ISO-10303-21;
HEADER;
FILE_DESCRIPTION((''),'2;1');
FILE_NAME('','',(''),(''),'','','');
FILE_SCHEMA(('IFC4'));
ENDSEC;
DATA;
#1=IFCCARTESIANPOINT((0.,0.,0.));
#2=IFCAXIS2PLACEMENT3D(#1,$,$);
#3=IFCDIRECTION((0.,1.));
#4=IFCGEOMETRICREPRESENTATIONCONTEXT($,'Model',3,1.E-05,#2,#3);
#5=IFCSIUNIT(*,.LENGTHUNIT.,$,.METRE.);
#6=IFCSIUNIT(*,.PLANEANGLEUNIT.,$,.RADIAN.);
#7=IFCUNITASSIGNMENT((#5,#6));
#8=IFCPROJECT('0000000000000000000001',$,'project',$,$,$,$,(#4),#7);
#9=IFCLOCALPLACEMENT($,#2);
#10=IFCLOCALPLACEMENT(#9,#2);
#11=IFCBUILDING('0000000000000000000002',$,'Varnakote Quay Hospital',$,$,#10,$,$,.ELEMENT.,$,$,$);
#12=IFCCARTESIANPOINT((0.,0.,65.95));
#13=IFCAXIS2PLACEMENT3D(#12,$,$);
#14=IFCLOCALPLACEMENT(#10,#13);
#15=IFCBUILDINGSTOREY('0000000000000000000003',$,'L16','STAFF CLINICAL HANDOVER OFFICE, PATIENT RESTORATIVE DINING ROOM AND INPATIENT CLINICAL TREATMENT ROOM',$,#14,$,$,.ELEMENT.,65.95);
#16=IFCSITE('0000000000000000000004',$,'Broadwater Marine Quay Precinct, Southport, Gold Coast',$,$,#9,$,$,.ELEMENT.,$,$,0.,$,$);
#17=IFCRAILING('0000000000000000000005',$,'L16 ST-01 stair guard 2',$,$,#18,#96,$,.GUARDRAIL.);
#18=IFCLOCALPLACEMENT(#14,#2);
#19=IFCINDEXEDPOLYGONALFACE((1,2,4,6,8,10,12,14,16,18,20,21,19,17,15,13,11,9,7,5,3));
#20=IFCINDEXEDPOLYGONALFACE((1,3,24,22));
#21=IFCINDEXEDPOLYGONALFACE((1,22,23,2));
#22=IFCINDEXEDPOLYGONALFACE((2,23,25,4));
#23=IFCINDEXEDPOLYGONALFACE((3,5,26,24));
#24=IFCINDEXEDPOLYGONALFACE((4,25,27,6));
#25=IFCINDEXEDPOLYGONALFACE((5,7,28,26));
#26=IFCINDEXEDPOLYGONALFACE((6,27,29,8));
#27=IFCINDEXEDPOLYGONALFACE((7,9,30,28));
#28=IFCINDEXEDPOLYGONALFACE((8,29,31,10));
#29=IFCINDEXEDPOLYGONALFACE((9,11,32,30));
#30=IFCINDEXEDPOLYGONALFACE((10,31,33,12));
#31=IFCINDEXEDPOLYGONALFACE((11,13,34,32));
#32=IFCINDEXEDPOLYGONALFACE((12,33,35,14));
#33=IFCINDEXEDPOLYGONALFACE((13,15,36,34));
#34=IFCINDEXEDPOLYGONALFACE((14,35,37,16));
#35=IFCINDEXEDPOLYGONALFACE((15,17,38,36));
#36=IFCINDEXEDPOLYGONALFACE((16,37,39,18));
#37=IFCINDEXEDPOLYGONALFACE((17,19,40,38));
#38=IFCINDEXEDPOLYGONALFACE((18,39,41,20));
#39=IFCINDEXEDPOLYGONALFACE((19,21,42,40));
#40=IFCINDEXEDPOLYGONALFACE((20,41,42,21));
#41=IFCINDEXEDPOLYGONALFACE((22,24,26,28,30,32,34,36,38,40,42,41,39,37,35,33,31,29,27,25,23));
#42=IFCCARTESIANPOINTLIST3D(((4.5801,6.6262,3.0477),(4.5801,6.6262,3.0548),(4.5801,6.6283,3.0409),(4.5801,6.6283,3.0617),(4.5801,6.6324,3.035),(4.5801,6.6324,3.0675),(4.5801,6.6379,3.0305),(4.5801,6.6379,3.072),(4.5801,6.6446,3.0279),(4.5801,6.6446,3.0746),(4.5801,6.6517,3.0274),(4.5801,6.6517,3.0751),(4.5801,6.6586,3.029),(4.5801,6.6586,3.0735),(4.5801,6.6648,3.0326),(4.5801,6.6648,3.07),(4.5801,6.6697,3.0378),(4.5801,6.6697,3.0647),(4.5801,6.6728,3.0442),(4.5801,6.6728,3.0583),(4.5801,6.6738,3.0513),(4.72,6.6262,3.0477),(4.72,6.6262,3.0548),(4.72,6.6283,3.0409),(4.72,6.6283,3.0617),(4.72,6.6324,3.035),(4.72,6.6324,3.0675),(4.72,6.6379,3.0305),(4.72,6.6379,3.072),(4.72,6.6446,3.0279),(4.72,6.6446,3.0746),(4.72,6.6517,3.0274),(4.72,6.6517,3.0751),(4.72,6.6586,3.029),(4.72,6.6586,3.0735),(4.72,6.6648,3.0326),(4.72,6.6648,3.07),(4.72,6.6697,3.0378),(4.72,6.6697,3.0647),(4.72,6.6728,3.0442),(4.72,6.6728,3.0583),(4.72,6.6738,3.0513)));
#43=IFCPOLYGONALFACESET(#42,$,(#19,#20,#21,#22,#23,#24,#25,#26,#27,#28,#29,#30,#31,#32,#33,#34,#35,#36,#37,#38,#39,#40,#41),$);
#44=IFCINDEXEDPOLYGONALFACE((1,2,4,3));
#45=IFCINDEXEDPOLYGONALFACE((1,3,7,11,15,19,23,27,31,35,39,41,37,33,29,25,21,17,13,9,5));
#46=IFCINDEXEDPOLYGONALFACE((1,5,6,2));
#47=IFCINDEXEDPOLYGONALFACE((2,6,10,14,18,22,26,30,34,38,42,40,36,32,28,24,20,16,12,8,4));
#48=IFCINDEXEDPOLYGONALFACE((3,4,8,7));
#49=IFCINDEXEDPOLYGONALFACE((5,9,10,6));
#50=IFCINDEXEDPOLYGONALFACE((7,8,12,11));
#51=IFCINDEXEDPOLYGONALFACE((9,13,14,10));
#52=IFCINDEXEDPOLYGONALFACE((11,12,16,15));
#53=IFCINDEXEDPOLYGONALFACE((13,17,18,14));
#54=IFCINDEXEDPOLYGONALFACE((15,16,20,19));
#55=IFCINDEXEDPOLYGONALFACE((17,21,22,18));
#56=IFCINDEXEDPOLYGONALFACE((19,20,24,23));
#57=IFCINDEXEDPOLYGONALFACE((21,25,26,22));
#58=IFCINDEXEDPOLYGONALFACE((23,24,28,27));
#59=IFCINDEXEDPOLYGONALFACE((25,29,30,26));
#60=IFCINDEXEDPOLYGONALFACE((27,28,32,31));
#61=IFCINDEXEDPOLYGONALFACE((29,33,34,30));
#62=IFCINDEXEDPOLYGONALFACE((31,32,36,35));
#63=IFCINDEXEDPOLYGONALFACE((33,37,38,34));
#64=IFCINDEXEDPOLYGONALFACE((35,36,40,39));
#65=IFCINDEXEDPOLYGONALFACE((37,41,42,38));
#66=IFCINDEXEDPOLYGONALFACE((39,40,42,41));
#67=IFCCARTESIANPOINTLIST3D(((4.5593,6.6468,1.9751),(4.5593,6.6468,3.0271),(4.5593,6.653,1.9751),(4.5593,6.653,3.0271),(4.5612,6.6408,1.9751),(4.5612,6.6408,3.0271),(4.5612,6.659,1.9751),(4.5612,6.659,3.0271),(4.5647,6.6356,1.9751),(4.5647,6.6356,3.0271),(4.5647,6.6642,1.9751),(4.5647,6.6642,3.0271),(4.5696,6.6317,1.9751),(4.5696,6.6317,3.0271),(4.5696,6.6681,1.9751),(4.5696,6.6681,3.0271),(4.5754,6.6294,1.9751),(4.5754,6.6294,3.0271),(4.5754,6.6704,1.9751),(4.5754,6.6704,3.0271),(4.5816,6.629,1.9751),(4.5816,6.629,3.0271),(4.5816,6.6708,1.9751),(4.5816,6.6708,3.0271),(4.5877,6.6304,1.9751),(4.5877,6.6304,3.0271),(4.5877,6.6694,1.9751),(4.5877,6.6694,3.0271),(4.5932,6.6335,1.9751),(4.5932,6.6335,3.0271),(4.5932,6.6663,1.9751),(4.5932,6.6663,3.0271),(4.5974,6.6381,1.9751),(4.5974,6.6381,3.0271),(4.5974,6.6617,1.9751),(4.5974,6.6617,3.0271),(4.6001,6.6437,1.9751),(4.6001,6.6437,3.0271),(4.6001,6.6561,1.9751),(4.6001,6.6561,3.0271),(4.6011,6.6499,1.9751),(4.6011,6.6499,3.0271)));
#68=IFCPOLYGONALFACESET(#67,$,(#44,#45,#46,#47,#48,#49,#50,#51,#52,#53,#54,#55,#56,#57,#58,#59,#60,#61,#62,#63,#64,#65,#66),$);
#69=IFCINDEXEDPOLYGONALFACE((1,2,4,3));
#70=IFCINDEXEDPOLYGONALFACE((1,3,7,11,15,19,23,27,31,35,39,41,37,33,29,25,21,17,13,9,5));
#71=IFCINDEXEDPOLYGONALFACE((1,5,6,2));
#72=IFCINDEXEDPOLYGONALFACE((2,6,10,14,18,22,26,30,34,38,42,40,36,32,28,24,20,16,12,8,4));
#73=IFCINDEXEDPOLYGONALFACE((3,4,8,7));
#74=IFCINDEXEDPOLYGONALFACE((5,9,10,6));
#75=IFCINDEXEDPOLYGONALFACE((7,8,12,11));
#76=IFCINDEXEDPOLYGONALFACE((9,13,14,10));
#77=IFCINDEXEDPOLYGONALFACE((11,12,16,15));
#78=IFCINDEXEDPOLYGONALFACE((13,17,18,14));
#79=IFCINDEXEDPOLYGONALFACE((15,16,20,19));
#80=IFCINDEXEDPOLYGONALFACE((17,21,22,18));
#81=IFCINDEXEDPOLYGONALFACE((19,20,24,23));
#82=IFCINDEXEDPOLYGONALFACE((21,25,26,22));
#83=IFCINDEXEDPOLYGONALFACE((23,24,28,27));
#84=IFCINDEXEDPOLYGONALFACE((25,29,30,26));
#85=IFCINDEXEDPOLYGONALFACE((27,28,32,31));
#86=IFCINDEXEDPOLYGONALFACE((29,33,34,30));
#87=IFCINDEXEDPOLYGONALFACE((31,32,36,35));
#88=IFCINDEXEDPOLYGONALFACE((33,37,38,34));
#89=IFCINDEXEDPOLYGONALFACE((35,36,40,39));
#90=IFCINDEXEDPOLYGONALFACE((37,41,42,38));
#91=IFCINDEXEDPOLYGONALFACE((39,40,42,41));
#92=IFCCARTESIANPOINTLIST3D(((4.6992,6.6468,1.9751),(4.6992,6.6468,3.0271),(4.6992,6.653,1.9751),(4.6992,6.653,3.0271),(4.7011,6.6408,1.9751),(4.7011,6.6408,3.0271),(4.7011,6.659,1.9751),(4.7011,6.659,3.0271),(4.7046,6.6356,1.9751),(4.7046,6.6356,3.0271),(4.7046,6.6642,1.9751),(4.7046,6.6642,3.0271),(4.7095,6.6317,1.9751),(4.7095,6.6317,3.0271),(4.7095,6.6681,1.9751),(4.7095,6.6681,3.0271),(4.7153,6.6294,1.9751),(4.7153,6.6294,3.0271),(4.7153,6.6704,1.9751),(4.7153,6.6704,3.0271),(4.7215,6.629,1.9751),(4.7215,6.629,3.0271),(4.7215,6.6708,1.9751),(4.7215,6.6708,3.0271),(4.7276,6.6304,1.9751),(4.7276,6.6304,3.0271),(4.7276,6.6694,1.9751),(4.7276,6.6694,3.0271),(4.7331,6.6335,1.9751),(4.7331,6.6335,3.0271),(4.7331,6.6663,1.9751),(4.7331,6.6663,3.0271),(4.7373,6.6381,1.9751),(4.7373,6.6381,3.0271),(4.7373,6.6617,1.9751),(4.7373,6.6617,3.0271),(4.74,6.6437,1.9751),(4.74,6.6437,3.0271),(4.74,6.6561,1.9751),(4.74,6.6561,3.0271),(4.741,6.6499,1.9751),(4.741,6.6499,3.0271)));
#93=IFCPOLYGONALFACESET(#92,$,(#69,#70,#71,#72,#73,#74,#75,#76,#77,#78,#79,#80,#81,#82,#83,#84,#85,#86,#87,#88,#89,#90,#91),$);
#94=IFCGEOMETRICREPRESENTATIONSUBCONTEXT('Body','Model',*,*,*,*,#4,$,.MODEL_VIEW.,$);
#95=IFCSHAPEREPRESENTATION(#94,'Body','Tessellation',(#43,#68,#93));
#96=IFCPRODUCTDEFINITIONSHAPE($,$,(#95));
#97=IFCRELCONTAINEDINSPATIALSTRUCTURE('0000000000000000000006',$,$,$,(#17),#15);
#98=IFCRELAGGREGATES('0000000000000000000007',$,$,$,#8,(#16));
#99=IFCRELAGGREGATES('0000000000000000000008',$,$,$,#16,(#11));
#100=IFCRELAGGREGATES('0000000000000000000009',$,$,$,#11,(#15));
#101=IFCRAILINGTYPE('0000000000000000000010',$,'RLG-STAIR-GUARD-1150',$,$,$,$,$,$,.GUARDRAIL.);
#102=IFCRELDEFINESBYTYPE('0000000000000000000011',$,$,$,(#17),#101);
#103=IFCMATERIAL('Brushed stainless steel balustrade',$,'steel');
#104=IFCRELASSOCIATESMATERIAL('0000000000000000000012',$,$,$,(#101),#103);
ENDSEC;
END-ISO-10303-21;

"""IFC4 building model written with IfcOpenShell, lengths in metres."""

from ifc_helpers import new_model, si_unit, direction, frame, origin, origin_2d, place, context, subcontext, project, spatial, circle, extrude, material, type_object, element, save


model = new_model("IFC4")

# Units and contexts
model_context = context("Model", 3, precision=1e-05, world=origin(), true_north=direction((0.0, 1.0)))
body_context = subcontext(model_context, "Body", "Model", "MODEL_VIEW")
ifc_project = project(units=[si_unit("LENGTHUNIT", "METRE"), si_unit("PLANEANGLEUNIT", "RADIAN")], contexts=[model_context])

# Site, building, storey
site_placement = place(None, origin())
site = spatial("IfcSite", under=ifc_project, at=site_placement, Name="Broadwater Marine Quay Precinct, Southport, Gold Coast", CompositionType="ELEMENT", RefElevation=0.0)
building_placement = place(site_placement, origin())
building = spatial("IfcBuilding", under=site, at=building_placement, Name="Varnakote Quay Hospital", CompositionType="ELEMENT")
storey_placement = place(building_placement, frame((0.0, 0.0, 65.95)))
storey = spatial("IfcBuildingStorey", under=building, at=storey_placement, Name="L16", Description="STAFF CLINICAL HANDOVER OFFICE, PATIENT RESTORATIVE DINING ROOM AND INPATIENT CLINICAL TREATMENT ROOM", CompositionType="ELEMENT", Elevation=65.95)

# Railing
ifc_material_1 = material(Name="Brushed stainless steel balustrade", Category="steel")
railing_type_1 = type_object("IfcRailingType", Name="RLG-STAIR-GUARD-1150", PredefinedType="GUARDRAIL", material=ifc_material_1)
railing_1_placement = place(storey_placement, frame((4.5801, 6.6499, 1.9751)))
element("IfcRailing", 1, at=railing_1_placement, inside=storey, type_object=railing_type_1, Name="L16 ST-01 stair guard 2", PredefinedType="GUARDRAIL", context=body_context, shape_type="SweptSolid", body=[
    extrude(circle(Radius=0.0239, at=origin_2d()), frame((0.0, 0.0, 1.0762), z_axis=(1.0, 0.0, 0.0), x_axis=(0.0, 1.0, 0.0)), (0.0, 0.0, 1.0), 0.1399),
    extrude(circle(Radius=0.021, at=origin_2d()), origin(), (0.0, 0.0, 1.0), 1.052),
    extrude(circle(Radius=0.021, at=origin_2d()), frame((0.1399, 0.0, 0.0)), (0.0, 0.0, 1.0), 1.052),
])

save(model, "model.ifc")
